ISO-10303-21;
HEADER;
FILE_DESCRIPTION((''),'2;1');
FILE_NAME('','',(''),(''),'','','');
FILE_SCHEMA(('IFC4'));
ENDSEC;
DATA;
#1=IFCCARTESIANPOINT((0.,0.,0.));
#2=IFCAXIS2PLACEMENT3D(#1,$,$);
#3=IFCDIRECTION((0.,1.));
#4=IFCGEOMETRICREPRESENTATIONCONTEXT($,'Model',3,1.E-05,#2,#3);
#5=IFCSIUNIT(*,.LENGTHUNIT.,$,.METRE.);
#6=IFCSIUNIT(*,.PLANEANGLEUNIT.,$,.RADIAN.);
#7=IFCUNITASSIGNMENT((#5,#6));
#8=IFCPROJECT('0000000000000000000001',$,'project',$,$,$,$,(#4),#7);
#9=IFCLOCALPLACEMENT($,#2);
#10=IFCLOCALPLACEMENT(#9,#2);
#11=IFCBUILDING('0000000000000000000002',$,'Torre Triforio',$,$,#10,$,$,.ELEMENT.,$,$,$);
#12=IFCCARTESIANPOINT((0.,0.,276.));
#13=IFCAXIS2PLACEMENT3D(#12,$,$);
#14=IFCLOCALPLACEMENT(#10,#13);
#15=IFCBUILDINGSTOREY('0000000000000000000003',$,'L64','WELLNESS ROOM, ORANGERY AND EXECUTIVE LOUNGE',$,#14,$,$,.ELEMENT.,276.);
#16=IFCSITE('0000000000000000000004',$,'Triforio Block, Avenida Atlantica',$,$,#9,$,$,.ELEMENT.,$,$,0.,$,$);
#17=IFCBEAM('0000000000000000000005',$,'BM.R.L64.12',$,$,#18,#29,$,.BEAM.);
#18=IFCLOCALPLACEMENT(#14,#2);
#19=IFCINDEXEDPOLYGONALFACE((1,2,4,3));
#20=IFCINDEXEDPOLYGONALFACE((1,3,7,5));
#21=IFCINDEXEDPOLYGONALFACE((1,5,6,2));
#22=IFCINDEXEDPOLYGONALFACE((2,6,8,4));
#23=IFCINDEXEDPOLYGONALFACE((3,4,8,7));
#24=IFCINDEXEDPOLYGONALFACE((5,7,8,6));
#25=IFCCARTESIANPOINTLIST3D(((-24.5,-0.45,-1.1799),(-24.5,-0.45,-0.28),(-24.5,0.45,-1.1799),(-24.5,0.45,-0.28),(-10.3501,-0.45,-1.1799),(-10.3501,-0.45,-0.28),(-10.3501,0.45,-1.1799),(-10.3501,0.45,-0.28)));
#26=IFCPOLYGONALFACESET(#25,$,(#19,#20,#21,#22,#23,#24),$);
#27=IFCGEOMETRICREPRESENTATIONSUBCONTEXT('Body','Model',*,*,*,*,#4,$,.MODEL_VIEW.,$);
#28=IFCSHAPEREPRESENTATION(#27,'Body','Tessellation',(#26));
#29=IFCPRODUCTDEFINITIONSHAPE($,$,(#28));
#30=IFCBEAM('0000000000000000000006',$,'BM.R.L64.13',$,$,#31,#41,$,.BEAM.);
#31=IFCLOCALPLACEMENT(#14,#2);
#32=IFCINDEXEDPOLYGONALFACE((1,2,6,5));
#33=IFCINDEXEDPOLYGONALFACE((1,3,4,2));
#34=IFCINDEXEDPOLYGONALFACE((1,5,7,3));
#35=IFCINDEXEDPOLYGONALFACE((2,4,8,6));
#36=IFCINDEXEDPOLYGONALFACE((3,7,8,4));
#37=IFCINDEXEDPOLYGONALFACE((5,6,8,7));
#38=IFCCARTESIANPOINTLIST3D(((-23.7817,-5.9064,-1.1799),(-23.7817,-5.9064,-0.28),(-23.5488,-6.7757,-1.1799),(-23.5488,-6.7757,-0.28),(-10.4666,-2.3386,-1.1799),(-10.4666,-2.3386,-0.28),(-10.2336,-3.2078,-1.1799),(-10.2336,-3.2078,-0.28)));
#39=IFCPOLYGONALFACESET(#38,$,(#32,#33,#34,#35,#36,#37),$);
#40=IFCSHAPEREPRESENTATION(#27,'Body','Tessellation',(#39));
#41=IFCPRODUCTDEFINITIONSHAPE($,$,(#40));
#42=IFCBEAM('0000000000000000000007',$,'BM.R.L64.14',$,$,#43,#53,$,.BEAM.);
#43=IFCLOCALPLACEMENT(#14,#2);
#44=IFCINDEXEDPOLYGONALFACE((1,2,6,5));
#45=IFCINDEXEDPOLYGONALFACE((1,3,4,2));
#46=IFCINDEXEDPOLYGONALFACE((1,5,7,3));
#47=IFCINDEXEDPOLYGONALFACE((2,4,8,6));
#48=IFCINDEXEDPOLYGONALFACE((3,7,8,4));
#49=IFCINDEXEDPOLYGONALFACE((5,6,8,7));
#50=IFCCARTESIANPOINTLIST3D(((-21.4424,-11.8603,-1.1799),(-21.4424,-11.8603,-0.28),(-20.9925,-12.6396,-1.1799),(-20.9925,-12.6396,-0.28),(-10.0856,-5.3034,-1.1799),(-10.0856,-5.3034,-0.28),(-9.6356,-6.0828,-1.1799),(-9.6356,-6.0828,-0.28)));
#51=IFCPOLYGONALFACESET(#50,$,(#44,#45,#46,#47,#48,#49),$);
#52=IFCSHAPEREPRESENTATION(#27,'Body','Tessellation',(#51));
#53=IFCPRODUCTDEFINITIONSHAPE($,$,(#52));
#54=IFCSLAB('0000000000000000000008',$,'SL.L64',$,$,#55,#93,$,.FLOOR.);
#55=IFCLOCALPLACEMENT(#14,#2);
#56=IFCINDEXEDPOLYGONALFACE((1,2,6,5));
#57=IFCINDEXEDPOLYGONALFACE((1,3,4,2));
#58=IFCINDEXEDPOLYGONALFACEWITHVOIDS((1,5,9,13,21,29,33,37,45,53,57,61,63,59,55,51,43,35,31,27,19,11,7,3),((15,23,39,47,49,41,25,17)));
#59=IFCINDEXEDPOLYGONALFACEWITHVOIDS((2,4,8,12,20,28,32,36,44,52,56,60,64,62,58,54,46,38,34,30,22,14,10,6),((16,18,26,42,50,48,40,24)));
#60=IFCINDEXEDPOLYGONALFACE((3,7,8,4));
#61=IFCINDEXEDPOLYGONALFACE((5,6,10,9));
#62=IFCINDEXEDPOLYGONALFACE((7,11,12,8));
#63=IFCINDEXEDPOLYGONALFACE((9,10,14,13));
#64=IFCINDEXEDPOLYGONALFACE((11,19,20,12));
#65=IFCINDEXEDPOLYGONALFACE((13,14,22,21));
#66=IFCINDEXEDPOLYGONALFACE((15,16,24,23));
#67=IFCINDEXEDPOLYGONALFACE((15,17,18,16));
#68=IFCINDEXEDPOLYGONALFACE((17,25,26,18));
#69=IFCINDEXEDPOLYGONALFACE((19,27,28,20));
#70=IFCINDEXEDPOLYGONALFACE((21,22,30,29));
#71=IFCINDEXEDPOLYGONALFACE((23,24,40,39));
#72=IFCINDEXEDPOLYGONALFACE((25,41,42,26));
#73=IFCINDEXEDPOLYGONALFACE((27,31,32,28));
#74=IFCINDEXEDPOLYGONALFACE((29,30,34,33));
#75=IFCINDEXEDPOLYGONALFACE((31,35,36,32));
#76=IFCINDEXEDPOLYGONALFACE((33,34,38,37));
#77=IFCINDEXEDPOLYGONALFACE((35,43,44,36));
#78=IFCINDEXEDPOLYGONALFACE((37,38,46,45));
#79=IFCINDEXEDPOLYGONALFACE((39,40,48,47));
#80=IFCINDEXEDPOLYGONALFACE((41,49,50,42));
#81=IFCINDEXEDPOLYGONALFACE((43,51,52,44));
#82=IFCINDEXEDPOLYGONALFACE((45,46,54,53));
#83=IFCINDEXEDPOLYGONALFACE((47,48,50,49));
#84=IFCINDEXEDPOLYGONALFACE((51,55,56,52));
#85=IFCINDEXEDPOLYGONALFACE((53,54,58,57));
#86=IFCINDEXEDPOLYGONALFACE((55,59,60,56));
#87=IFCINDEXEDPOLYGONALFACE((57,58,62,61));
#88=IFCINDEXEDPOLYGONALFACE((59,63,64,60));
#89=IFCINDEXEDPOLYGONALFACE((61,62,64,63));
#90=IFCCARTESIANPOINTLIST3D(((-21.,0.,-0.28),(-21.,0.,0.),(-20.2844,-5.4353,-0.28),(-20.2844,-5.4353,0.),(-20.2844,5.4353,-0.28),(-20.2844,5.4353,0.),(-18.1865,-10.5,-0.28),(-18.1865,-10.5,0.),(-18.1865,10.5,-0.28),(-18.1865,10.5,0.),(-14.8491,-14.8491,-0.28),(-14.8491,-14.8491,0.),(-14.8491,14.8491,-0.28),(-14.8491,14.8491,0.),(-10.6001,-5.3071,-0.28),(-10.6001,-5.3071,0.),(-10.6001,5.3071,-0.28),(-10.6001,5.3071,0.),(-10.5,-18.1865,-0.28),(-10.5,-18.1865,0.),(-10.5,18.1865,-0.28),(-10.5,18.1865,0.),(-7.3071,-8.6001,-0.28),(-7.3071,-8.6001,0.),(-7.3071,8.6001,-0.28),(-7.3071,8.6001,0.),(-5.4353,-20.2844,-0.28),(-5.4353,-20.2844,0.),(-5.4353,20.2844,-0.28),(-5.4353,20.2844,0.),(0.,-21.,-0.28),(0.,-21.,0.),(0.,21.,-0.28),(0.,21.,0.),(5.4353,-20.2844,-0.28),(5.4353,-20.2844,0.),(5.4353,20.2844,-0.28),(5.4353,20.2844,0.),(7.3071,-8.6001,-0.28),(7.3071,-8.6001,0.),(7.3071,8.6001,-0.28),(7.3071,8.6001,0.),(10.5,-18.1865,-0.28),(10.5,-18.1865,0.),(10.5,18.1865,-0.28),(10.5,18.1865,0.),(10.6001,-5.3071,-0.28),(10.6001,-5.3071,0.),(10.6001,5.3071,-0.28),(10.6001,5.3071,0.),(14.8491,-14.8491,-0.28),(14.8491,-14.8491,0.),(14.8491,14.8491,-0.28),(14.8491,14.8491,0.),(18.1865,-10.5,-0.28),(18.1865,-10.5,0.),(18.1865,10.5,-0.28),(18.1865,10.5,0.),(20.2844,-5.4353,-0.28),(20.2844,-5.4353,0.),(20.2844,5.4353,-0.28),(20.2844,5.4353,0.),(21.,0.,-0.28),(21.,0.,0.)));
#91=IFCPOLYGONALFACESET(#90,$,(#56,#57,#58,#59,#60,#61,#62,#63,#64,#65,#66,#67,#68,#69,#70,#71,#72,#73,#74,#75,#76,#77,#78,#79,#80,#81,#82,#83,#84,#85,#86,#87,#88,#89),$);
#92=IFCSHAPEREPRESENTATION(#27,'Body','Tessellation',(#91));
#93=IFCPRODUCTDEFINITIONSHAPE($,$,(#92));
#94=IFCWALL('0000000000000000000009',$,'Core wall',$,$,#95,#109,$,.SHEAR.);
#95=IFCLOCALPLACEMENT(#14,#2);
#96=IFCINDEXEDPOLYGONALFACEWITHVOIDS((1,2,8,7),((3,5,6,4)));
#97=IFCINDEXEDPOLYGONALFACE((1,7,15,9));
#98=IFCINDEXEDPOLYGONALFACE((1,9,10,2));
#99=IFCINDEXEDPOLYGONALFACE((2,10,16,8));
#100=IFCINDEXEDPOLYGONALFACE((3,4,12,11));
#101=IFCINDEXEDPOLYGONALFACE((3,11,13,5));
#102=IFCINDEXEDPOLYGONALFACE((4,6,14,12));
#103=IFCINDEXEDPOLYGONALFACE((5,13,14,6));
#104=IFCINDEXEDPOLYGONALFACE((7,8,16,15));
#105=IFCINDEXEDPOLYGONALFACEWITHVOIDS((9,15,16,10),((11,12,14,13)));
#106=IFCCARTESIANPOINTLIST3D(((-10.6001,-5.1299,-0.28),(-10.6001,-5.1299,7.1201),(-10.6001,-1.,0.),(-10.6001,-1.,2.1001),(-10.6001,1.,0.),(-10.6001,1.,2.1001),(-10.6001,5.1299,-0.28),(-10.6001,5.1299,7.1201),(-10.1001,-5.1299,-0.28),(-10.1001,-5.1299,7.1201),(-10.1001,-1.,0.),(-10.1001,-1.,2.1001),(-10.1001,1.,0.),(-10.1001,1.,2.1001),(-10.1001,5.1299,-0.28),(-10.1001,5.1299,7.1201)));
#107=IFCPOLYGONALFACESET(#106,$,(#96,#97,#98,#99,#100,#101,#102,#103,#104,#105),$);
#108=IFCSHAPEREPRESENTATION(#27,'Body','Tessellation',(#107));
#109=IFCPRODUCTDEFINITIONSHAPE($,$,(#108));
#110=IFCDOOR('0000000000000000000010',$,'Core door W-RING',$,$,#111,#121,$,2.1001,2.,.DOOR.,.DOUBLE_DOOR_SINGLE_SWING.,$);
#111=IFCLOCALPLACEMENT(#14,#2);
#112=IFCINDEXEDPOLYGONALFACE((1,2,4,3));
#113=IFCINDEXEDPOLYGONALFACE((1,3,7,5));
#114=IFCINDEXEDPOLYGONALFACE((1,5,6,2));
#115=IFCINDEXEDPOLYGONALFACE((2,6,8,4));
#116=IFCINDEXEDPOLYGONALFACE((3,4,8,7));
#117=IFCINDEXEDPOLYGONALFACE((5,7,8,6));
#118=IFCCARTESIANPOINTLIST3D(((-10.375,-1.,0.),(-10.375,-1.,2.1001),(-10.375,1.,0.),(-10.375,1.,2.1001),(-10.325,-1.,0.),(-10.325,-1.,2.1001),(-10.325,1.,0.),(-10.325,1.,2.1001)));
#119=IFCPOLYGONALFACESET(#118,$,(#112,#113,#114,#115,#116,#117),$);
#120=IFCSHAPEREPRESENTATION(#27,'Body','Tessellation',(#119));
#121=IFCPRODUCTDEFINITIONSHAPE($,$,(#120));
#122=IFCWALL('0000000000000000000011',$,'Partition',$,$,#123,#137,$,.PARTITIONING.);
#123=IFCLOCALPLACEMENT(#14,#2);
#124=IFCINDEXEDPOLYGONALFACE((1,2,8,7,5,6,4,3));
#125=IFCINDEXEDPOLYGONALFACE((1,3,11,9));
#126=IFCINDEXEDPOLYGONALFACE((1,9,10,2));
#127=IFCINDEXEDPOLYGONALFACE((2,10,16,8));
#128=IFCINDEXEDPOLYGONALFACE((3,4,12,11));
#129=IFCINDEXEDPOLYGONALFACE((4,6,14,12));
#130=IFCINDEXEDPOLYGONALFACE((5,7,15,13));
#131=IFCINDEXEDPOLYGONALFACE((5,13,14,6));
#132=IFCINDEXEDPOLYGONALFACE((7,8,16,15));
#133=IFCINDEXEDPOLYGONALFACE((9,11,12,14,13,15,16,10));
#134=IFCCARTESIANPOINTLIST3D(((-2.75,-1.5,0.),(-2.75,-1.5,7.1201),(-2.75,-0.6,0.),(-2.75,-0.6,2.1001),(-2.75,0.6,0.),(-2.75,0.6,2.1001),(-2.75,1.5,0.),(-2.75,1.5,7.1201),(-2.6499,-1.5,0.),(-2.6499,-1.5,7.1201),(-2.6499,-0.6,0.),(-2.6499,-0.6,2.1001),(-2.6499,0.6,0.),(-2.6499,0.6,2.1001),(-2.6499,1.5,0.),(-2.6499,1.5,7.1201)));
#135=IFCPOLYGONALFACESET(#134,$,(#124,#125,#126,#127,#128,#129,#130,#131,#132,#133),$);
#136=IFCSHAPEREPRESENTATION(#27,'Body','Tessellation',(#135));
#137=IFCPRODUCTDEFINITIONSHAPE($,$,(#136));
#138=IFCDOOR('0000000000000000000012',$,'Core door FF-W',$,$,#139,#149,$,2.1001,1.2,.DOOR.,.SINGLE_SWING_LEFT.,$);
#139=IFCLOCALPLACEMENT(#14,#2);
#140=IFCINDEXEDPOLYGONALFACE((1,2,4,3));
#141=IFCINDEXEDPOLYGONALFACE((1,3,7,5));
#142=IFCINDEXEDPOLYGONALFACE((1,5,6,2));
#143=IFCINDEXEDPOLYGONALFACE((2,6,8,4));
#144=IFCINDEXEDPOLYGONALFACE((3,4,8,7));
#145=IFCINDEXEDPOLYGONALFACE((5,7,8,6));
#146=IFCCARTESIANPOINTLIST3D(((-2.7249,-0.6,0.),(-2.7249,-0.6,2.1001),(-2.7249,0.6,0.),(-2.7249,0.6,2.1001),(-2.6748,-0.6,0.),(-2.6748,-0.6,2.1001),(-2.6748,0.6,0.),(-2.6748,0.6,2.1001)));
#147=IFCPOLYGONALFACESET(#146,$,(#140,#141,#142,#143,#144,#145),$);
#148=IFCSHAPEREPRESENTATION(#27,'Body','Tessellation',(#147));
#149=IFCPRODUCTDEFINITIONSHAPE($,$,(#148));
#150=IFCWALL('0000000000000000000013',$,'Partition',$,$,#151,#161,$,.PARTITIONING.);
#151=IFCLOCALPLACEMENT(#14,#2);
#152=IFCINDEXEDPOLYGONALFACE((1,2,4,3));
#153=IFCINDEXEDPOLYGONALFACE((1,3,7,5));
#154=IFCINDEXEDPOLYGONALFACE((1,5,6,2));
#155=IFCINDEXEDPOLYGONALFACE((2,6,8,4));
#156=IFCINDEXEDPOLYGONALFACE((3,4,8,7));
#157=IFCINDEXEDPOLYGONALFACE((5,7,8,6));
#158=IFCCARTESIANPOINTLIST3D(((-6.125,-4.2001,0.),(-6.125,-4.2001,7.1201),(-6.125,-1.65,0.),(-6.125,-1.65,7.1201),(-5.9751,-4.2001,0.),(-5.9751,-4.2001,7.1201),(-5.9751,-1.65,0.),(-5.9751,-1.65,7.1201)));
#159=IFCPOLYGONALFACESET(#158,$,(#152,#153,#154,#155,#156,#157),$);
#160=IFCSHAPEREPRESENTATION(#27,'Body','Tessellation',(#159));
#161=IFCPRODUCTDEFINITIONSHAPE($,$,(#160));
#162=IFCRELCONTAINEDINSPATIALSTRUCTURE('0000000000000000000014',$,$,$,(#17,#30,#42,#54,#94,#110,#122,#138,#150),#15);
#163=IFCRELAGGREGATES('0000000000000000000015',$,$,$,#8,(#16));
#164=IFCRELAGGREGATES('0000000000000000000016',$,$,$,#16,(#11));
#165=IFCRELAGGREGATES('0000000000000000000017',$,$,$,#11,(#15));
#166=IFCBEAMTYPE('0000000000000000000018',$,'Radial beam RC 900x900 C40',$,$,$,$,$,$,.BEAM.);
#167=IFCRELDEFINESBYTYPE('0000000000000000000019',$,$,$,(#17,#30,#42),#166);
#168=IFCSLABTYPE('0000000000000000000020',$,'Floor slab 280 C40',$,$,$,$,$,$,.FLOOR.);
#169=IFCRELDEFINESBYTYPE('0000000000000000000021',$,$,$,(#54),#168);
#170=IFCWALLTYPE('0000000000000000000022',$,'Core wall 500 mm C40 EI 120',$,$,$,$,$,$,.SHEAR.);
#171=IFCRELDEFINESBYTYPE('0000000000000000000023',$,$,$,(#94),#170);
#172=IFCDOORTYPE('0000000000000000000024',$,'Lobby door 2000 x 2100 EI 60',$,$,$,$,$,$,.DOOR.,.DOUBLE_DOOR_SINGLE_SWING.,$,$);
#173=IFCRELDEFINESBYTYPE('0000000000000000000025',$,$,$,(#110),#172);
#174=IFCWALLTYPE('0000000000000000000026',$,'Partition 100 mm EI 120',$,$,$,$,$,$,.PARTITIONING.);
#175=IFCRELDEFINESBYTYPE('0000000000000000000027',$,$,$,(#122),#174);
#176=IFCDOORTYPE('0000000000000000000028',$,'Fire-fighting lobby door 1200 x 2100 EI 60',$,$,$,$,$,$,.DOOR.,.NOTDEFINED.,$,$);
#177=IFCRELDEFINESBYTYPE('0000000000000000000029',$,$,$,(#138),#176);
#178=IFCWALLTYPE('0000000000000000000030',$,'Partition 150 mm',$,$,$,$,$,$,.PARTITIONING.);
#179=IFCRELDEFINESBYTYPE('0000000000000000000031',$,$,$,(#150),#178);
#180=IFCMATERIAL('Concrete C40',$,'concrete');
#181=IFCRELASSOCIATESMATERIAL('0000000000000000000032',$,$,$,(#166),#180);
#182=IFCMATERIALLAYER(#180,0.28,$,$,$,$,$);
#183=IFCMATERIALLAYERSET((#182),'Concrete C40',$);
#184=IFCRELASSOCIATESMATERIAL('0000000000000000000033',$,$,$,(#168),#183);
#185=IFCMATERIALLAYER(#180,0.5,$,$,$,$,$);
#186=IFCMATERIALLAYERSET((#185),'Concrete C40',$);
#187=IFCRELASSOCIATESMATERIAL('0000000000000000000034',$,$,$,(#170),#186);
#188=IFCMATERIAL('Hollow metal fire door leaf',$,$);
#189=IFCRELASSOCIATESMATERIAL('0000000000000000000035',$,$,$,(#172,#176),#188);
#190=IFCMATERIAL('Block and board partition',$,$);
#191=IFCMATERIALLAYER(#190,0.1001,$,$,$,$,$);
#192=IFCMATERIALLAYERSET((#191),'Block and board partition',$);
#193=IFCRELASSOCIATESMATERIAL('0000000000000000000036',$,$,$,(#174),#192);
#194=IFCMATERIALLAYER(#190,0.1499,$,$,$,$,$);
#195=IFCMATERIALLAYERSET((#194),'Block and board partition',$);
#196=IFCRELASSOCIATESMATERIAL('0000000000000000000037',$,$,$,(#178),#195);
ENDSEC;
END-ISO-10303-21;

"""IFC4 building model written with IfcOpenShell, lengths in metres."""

from ifc_helpers import new_model, si_unit, direction, frame, frame_2d, origin, origin_2d, place, context, subcontext, project, spatial, polyline, rectangle, outline, extrude, material, layer, layer_set, material_profile, profile_set, type_object, element, fill, save


model = new_model("IFC4")

# Units and contexts
model_context = context("Model", 3, precision=1e-05, world=origin(), true_north=direction((0.0, 1.0)))
body_context = subcontext(model_context, "Body", "Model", "MODEL_VIEW")
ifc_project = project(units=[si_unit("LENGTHUNIT", "METRE"), si_unit("PLANEANGLEUNIT", "RADIAN")], contexts=[model_context])

# Site, building, storey
site_placement = place(None, origin())
site = spatial("IfcSite", under=ifc_project, at=site_placement, Name="Triforio Block, Avenida Atlantica", CompositionType="ELEMENT", RefElevation=0.0)
building_placement = place(site_placement, origin())
building = spatial("IfcBuilding", under=site, at=building_placement, Name="Torre Triforio", CompositionType="ELEMENT")
storey_placement = place(building_placement, frame((0.0, 0.0, 276.0)))
storey = spatial("IfcBuildingStorey", under=building, at=storey_placement, Name="L64", Description="WELLNESS ROOM, ORANGERY AND EXECUTIVE LOUNGE", CompositionType="ELEMENT", Elevation=276.0)

# Beams
ifc_material_1 = material(Name="Concrete C40", Category="concrete")
ifc_material_profile = material_profile(ifc_material_1, rectangle(XDim=0.8999, YDim=0.8999, at=origin_2d()), Name="RC 900x900")
ifc_profile_set = profile_set([ifc_material_profile], Name="Concrete C40")
beam_type = type_object("IfcBeamType", Name="Radial beam RC 900x900 C40", PredefinedType="BEAM", material=ifc_profile_set)
beam_1_placement = place(storey_placement, frame((-10.3501, 0.0, -0.73), z_axis=(-1.0, 0.0, 0.0), x_axis=(0.0, -1.0, 0.0)))
element("IfcBeam", 1, at=beam_1_placement, inside=storey, type_object=beam_type, Name="BM.R.L64.12", PredefinedType="BEAM", context=body_context, shape_type="SweptSolid", body=[
    extrude(rectangle(XDim=0.8999, YDim=0.8999, at=origin_2d()), origin(), (0.0, 0.0, 1.0), 14.1499),
])
beam_2_placement = place(storey_placement, frame((-10.3501, -2.7732, -0.73), z_axis=(-0.965924, -0.258824, 0.0), x_axis=(0.258824, -0.965924, 0.0)))
element("IfcBeam", 2, at=beam_2_placement, inside=storey, type_object=beam_type, Name="BM.R.L64.13", PredefinedType="BEAM", context=body_context, shape_type="SweptSolid", body=[
    extrude(rectangle(XDim=0.8999, YDim=0.8999, at=origin_2d()), origin(), (0.0, 0.0, 1.0), 13.7849),
])
beam_3_placement = place(storey_placement, frame((-9.8606, -5.6931, -0.73), z_axis=(-0.866027, -0.499997, 0.0), x_axis=(0.499997, -0.866027, 0.0)))
element("IfcBeam", 3, at=beam_3_placement, inside=storey, type_object=beam_type, Name="BM.R.L64.14", PredefinedType="BEAM", context=body_context, shape_type="SweptSolid", body=[
    extrude(rectangle(XDim=0.8999, YDim=0.8999, at=origin_2d()), origin(), (0.0, 0.0, 1.0), 13.1138),
])

# Slab
ifc_layer_1 = layer(ifc_material_1, 0.28)
ifc_layer_set_1 = layer_set([ifc_layer_1], Name="Concrete C40")
slab_type = type_object("IfcSlabType", Name="Floor slab 280 C40", PredefinedType="FLOOR", material=ifc_layer_set_1)
slab_placement = place(storey_placement, frame((0.0, 0.0, -0.28)))
element("IfcSlab", 4, at=slab_placement, inside=storey, type_object=slab_type, Name="SL.L64", PredefinedType="FLOOR", context=body_context, shape_type="SweptSolid", body=[
    extrude(outline(polyline([(18.1865, -10.5), (20.2844, -5.4353), (21.0, 0.0), (20.2844, 5.4353), (18.1865, 10.5), (14.8491, 14.8491), (10.5, 18.1865), (5.4353, 20.2844), (0.0, 21.0), (-5.4353, 20.2844), (-10.5, 18.1865), (-14.8491, 14.8491), (-18.1865, 10.5), (-20.2844, 5.4353), (-21.0, 0.0), (-20.2844, -5.4353), (-18.1865, -10.5), (-14.8491, -14.8491), (-10.5, -18.1865), (-5.4353, -20.2844), (0.0, -21.0), (5.4353, -20.2844), (10.5, -18.1865), (14.8491, -14.8491), (18.1865, -10.5)]), holes=[polyline([(10.6001, 5.3071), (10.6001, -5.3071), (7.3071, -8.6001), (-7.3071, -8.6001), (-10.6001, -5.3071), (-10.6001, 5.3071), (-7.3071, 8.6001), (7.3071, 8.6001), (10.6001, 5.3071)])]), origin(), (0.0, 0.0, 1.0), 0.28),
])

# Walls, openings, doors
ifc_layer_2 = layer(ifc_material_1, 0.5)
ifc_layer_set_2 = layer_set([ifc_layer_2], Name="Concrete C40")
wall_type_1 = type_object("IfcWallType", Name="Core wall 500 mm C40 EI 120", PredefinedType="SHEAR", material=ifc_layer_set_2)
wall_1_placement = place(storey_placement, frame((-10.3501, -5.1299, -0.28), z_axis=(0.0, 0.0, 1.0), x_axis=(0.0, 1.0, 0.0)))
wall_1 = element("IfcWall", 5, at=wall_1_placement, inside=storey, type_object=wall_type_1, Name="Core wall", PredefinedType="SHEAR", context=body_context, shape_type="SweptSolid", body=[
    extrude(rectangle(XDim=10.2598, YDim=0.5, at=frame_2d((5.1299, 0.0))), origin(), (0.0, 0.0, 1.0), 7.4001),
])
opening_1_placement = place(wall_1_placement, frame((4.1299, 0.0, 0.28)))
opening_1 = element("IfcOpeningElement", 6, at=opening_1_placement, cuts=wall_1, PredefinedType="OPENING", context=body_context, shape_type="SweptSolid", body=[
    extrude(rectangle(XDim=2.0, YDim=2.1001, at=frame_2d((1.0, 1.05))), frame((0.0, 0.26, 0.0), z_axis=(0.0, -1.0, 0.0), x_axis=(1.0, 0.0, 0.0)), (0.0, 0.0, 1.0), 0.52),
])
ifc_material_2 = material(Name="Hollow metal fire door leaf")
door_type_1 = type_object("IfcDoorType", Name="Lobby door 2000 x 2100 EI 60", OperationType="DOUBLE_DOOR_SINGLE_SWING", PredefinedType="DOOR", material=ifc_material_2)
door_1_placement = place(opening_1_placement, origin())
door_1 = element("IfcDoor", 7, at=door_1_placement, inside=storey, type_object=door_type_1, Name="Core door W-RING", OperationType="DOUBLE_DOOR_SINGLE_SWING", OverallHeight=2.1001, OverallWidth=2.0, PredefinedType="DOOR", context=body_context, shape_type="SweptSolid", body=[
    extrude(rectangle(XDim=2.0, YDim=2.1001, at=frame_2d((1.0, 1.05))), frame((0.0, 0.0249, 0.0), z_axis=(0.0, -1.0, 0.0), x_axis=(1.0, 0.0, 0.0)), (0.0, 0.0, 1.0), 0.05),
])
fill(opening_1, door_1)
ifc_material_3 = material(Name="Block and board partition")
ifc_layer_3 = layer(ifc_material_3, 0.1001)
ifc_layer_set_3 = layer_set([ifc_layer_3], Name="Block and board partition")
wall_type_2 = type_object("IfcWallType", Name="Partition 100 mm EI 120", PredefinedType="PARTITIONING", material=ifc_layer_set_3)
wall_2_placement = place(storey_placement, frame((-2.7, -1.5, 0.0), z_axis=(0.0, 0.0, 1.0), x_axis=(0.0, 1.0, 0.0)))
wall_2 = element("IfcWall", 8, at=wall_2_placement, inside=storey, type_object=wall_type_2, Name="Partition", PredefinedType="PARTITIONING", context=body_context, shape_type="SweptSolid", body=[
    extrude(rectangle(XDim=3.0, YDim=0.1001, at=frame_2d((1.5, 0.0))), origin(), (0.0, 0.0, 1.0), 7.1201),
])
opening_2_placement = place(wall_2_placement, frame((0.8999, 0.0, 0.0)))
opening_2 = element("IfcOpeningElement", 9, at=opening_2_placement, cuts=wall_2, PredefinedType="OPENING", context=body_context, shape_type="SweptSolid", body=[
    extrude(rectangle(XDim=1.2, YDim=2.1001, at=frame_2d((0.6001, 1.05))), frame((0.0, 0.0601, 0.0), z_axis=(0.0, -1.0, 0.0), x_axis=(1.0, 0.0, 0.0)), (0.0, 0.0, 1.0), 0.1201),
])
door_type_2 = type_object("IfcDoorType", Name="Fire-fighting lobby door 1200 x 2100 EI 60", OperationType="NOTDEFINED", PredefinedType="DOOR", material=ifc_material_2)
door_2_placement = place(opening_2_placement, origin())
door_2 = element("IfcDoor", 10, at=door_2_placement, inside=storey, type_object=door_type_2, Name="Core door FF-W", OperationType="SINGLE_SWING_LEFT", OverallHeight=2.1001, OverallWidth=1.2, PredefinedType="DOOR", context=body_context, shape_type="SweptSolid", body=[
    extrude(rectangle(XDim=1.2, YDim=2.1001, at=frame_2d((0.6001, 1.05))), frame((0.0, 0.0249, 0.0), z_axis=(0.0, -1.0, 0.0), x_axis=(1.0, 0.0, 0.0)), (0.0, 0.0, 1.0), 0.05),
])
fill(opening_2, door_2)

# Wall
ifc_layer_4 = layer(ifc_material_3, 0.1499)
ifc_layer_set_4 = layer_set([ifc_layer_4], Name="Block and board partition")
wall_type_3 = type_object("IfcWallType", Name="Partition 150 mm", PredefinedType="PARTITIONING", material=ifc_layer_set_4)
wall_3_placement = place(storey_placement, frame((-6.05, -4.2, 0.0), z_axis=(0.0, 0.0, 1.0), x_axis=(0.0, 1.0, 0.0)))
element("IfcWall", 11, at=wall_3_placement, inside=storey, type_object=wall_type_3, Name="Partition", PredefinedType="PARTITIONING", context=body_context, shape_type="SweptSolid", body=[
    extrude(rectangle(XDim=2.55, YDim=0.1499, at=frame_2d((1.2749, 0.0))), origin(), (0.0, 0.0, 1.0), 7.1201),
])

save(model, "model.ifc")
